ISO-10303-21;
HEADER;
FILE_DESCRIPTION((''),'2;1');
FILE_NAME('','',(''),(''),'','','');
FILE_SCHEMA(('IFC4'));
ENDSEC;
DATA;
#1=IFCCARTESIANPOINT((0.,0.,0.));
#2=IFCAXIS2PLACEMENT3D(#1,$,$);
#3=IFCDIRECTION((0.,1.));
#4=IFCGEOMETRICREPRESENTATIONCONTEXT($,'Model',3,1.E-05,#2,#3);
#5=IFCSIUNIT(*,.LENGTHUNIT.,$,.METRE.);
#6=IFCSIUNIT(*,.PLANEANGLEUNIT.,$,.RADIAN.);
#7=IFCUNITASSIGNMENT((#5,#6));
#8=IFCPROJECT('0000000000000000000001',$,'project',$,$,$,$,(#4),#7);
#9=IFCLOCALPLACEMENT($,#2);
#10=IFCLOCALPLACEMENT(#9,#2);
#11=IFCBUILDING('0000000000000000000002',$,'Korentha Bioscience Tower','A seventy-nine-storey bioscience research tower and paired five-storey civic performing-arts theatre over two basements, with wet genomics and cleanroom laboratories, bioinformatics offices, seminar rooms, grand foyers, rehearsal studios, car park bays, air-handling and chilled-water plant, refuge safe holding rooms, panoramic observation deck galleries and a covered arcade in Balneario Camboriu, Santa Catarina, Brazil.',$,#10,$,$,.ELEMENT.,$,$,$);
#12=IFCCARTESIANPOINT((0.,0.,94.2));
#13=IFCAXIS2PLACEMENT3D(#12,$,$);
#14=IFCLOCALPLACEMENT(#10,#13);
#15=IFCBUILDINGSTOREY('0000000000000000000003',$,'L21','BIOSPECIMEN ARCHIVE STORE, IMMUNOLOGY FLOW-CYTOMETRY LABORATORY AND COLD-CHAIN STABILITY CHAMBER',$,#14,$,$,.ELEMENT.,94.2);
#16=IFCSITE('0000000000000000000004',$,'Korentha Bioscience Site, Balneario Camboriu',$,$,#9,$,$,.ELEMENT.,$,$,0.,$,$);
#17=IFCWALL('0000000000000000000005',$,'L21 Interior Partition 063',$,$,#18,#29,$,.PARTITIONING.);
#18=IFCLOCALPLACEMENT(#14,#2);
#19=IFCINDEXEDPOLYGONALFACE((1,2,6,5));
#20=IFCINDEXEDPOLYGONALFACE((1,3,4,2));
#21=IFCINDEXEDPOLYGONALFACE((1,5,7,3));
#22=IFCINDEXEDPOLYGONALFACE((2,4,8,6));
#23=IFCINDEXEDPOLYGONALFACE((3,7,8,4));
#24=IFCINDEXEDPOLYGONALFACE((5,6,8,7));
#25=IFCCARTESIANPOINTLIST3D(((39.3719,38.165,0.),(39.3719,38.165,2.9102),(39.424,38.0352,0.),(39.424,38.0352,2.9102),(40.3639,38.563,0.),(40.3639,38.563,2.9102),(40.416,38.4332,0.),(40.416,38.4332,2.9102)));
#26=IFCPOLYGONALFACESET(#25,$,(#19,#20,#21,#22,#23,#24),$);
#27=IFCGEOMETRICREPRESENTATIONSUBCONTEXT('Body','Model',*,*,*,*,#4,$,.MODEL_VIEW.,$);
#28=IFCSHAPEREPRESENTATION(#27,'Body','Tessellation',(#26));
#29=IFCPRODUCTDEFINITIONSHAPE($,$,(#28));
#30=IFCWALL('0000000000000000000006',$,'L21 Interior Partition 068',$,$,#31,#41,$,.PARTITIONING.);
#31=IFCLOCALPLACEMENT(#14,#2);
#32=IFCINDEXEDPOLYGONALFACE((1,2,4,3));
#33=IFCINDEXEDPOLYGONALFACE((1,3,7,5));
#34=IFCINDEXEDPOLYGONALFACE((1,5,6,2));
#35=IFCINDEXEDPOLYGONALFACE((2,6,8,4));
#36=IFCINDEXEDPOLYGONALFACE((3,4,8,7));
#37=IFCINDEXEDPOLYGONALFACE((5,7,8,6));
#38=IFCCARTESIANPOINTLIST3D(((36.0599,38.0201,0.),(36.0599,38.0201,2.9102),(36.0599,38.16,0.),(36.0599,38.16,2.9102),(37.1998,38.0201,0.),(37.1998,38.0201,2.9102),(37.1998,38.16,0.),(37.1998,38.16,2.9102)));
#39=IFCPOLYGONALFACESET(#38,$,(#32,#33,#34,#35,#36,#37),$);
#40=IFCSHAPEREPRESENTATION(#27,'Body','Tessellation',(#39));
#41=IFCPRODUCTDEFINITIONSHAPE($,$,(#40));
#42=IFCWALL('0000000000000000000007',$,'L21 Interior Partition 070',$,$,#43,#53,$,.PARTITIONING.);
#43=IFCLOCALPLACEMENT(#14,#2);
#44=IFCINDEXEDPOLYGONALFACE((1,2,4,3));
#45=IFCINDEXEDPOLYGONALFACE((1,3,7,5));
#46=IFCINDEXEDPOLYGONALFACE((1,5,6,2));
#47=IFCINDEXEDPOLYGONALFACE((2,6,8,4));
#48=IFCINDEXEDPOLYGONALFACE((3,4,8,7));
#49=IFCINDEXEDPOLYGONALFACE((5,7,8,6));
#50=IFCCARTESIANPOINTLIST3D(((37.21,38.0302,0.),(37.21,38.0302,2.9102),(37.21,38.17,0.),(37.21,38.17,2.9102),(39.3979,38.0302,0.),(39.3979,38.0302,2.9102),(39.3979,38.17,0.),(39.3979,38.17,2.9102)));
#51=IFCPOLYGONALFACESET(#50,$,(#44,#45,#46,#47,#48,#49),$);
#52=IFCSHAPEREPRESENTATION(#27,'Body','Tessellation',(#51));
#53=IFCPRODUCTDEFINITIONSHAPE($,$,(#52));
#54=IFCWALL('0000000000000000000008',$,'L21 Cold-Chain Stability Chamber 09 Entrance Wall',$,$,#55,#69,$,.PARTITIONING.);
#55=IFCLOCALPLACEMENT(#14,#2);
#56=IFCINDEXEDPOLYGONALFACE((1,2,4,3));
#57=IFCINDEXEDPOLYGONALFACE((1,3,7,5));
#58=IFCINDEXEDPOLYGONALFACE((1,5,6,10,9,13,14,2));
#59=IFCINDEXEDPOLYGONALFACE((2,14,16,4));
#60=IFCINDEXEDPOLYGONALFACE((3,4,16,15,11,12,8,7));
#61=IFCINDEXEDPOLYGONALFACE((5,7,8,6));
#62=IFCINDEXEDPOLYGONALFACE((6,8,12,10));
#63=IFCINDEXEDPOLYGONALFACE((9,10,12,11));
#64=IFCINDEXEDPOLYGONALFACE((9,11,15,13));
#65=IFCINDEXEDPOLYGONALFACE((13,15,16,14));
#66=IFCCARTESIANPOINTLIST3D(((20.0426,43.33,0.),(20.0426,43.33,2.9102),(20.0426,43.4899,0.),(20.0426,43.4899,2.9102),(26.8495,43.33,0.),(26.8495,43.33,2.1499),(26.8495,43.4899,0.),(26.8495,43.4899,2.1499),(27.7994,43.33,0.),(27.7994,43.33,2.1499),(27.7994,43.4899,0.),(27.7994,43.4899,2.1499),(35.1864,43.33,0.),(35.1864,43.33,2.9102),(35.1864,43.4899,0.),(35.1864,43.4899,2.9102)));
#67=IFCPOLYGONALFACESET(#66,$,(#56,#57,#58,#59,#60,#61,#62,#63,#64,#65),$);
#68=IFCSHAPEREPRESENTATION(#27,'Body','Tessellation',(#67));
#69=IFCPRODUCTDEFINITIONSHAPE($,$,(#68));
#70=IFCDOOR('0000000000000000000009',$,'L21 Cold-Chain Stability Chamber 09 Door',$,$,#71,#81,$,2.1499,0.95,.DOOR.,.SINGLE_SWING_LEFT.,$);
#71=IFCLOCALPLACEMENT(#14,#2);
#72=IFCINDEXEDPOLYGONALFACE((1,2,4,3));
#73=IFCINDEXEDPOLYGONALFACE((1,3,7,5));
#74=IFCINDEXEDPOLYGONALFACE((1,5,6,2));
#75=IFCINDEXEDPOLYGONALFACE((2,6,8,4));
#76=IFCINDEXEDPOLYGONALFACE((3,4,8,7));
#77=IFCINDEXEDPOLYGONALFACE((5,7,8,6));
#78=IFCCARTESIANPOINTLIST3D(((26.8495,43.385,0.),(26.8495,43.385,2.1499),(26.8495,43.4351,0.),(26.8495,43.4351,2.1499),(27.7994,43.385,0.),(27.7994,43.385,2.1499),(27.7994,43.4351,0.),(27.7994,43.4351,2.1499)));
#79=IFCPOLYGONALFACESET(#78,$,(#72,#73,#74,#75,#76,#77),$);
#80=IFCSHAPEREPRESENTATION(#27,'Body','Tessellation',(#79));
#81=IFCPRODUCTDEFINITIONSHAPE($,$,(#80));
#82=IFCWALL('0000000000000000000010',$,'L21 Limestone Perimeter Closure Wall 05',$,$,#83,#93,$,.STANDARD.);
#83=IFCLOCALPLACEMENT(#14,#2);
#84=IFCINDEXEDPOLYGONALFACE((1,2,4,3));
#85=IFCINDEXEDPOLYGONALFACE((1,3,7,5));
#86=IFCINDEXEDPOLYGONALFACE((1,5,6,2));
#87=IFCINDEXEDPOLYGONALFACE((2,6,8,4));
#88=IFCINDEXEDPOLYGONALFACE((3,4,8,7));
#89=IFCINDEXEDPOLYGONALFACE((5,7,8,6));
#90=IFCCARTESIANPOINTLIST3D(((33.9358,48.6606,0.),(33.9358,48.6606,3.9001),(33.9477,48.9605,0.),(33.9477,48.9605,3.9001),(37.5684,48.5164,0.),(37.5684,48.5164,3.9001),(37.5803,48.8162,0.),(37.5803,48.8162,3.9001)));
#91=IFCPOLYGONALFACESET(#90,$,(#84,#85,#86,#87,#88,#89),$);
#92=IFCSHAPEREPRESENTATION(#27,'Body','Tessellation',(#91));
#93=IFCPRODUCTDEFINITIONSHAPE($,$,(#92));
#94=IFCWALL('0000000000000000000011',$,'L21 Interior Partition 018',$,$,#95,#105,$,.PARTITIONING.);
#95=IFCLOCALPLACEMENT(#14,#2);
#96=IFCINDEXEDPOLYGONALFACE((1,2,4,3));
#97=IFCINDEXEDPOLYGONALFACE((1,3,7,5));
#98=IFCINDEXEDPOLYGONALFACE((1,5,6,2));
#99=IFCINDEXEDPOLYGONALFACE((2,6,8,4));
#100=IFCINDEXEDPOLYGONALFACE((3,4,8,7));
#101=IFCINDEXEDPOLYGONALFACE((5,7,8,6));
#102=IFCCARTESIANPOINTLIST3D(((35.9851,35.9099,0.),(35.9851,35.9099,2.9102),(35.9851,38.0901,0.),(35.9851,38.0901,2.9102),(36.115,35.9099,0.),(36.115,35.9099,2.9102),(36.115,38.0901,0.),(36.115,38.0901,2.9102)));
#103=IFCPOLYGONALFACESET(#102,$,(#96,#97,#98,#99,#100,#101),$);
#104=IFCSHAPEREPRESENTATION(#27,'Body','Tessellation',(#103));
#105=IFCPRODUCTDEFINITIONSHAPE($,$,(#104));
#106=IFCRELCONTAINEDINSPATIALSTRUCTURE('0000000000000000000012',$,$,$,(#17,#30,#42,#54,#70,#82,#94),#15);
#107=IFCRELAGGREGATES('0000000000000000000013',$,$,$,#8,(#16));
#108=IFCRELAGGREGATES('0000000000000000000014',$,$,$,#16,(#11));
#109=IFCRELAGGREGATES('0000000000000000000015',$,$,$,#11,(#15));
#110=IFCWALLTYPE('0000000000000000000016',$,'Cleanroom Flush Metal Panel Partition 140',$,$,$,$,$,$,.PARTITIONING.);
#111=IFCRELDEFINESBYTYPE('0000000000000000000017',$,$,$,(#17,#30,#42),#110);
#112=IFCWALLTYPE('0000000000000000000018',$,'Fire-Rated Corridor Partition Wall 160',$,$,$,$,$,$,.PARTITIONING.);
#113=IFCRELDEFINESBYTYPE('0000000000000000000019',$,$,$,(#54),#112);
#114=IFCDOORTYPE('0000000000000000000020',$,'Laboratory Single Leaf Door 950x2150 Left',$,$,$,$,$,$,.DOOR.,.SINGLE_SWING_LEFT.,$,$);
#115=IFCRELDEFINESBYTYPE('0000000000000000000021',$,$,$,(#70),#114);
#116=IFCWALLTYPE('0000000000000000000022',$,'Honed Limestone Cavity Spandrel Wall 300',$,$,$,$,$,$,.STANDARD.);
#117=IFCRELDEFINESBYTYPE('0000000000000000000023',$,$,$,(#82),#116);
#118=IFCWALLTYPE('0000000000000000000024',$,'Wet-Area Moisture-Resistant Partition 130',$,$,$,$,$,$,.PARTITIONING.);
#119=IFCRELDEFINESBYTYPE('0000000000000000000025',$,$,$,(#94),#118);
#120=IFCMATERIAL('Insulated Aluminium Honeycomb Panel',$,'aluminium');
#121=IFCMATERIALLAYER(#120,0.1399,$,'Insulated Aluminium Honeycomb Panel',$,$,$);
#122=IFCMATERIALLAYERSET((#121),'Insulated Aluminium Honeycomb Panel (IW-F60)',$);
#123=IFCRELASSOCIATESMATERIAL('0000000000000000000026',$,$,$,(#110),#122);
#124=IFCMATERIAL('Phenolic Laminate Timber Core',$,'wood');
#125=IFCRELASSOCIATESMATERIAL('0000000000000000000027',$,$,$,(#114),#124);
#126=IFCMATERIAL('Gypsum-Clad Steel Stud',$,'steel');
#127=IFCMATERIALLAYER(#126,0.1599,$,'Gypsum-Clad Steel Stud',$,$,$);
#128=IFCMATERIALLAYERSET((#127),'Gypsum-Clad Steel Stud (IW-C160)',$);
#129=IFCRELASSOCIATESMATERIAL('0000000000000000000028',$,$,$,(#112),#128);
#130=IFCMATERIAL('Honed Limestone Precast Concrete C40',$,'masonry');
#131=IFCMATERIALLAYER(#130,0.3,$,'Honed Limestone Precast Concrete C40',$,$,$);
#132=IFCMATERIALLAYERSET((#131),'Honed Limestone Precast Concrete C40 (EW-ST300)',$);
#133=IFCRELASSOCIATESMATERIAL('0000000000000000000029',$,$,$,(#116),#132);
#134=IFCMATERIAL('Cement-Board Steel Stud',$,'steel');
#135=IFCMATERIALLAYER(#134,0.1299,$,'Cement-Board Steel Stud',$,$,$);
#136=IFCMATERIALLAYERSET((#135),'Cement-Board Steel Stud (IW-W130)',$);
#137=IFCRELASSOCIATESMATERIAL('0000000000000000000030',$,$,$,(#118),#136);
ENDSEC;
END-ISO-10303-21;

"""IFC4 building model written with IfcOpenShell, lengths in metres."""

from ifc_helpers import new_model, si_unit, direction, frame, frame_2d, origin, place, context, subcontext, project, spatial, rectangle, extrude, material, layer, layer_set, type_object, element, fill, save


model = new_model("IFC4")

# Units and contexts
model_context = context("Model", 3, precision=1e-05, world=origin(), true_north=direction((0.0, 1.0)))
body_context = subcontext(model_context, "Body", "Model", "MODEL_VIEW")
ifc_project = project(units=[si_unit("LENGTHUNIT", "METRE"), si_unit("PLANEANGLEUNIT", "RADIAN")], contexts=[model_context])

# Site, building, storey
site_placement = place(None, origin())
site = spatial("IfcSite", under=ifc_project, at=site_placement, Name="Korentha Bioscience Site, Balneario Camboriu", CompositionType="ELEMENT", RefElevation=0.0)
building_placement = place(site_placement, origin())
building = spatial("IfcBuilding", under=site, at=building_placement, Name="Korentha Bioscience Tower", Description="A seventy-nine-storey bioscience research tower and paired five-storey civic performing-arts theatre over two basements, with wet genomics and cleanroom laboratories, bioinformatics offices, seminar rooms, grand foyers, rehearsal studios, car park bays, air-handling and chilled-water plant, refuge safe holding rooms, panoramic observation deck galleries and a covered arcade in Balneario Camboriu, Santa Catarina, Brazil.", CompositionType="ELEMENT")
storey_placement = place(building_placement, frame((0.0, 0.0, 94.2)))
storey = spatial("IfcBuildingStorey", under=building, at=storey_placement, Name="L21", Description="BIOSPECIMEN ARCHIVE STORE, IMMUNOLOGY FLOW-CYTOMETRY LABORATORY AND COLD-CHAIN STABILITY CHAMBER", CompositionType="ELEMENT", Elevation=94.2)

# Shared definitions
ifc_material_1 = material(Name="Phenolic Laminate Timber Core", Category="wood")

# Shared definitions
ifc_material_2 = material(Name="Insulated Aluminium Honeycomb Panel", Category="aluminium")
ifc_layer_1 = layer(ifc_material_2, 0.1399, Name="Insulated Aluminium Honeycomb Panel")
ifc_layer_set_1 = layer_set([ifc_layer_1], Name="Insulated Aluminium Honeycomb Panel (IW-F60)")
wall_type_1 = type_object("IfcWallType", Name="Cleanroom Flush Metal Panel Partition 140", PredefinedType="PARTITIONING", material=ifc_layer_set_1)
door_type_1 = type_object("IfcDoorType", Name="Laboratory Single Leaf Door 950x2150 Left", OperationType="SINGLE_SWING_LEFT", PredefinedType="DOOR", material=ifc_material_1)

# Walls
wall_1_placement = place(storey_placement, frame((39.3979, 38.1001, 0.0), z_axis=(0.0, 0.0, 1.0), x_axis=(0.928098, 0.372336, 0.0)))
element("IfcWall", 1, at=wall_1_placement, inside=storey, type_object=wall_type_1, Name="L21 Interior Partition 063", PredefinedType="PARTITIONING", context=body_context, shape_type="SweptSolid", body=[
    extrude(rectangle(XDim=1.0688, YDim=0.1399, at=frame_2d((0.5344, 0.0))), origin(), (0.0, 0.0, 1.0), 2.9102),
])
wall_2_placement = place(storey_placement, frame((36.0601, 38.0901, 0.0), z_axis=(0.0, 0.0, 1.0), x_axis=(1.0, 0.0, 0.0)))
element("IfcWall", 2, at=wall_2_placement, inside=storey, type_object=wall_type_1, Name="L21 Interior Partition 068", PredefinedType="PARTITIONING", context=body_context, shape_type="SweptSolid", body=[
    extrude(rectangle(XDim=1.1399, YDim=0.1399, at=frame_2d((0.5698, 0.0))), origin(), (0.0, 0.0, 1.0), 2.9102),
])
wall_3_placement = place(storey_placement, frame((37.21, 38.1001, 0.0), z_axis=(0.0, 0.0, 1.0), x_axis=(1.0, 0.0, 0.0)))
element("IfcWall", 3, at=wall_3_placement, inside=storey, type_object=wall_type_1, Name="L21 Interior Partition 070", PredefinedType="PARTITIONING", context=body_context, shape_type="SweptSolid", body=[
    extrude(rectangle(XDim=2.188, YDim=0.1399, at=frame_2d((1.094, 0.0))), origin(), (0.0, 0.0, 1.0), 2.9102),
])

# Wall, opening, door
ifc_material_3 = material(Name="Gypsum-Clad Steel Stud", Category="steel")
ifc_layer_2 = layer(ifc_material_3, 0.1599, Name="Gypsum-Clad Steel Stud")
ifc_layer_set_2 = layer_set([ifc_layer_2], Name="Gypsum-Clad Steel Stud (IW-C160)")
wall_type_2 = type_object("IfcWallType", Name="Fire-Rated Corridor Partition Wall 160", PredefinedType="PARTITIONING", material=ifc_layer_set_2)
wall_4_placement = place(storey_placement, frame((35.1863, 43.4099, 0.0), z_axis=(0.0, 0.0, 1.0), x_axis=(-1.0, 0.0, 0.0)))
wall_4 = element("IfcWall", 4, at=wall_4_placement, inside=storey, type_object=wall_type_2, Name="L21 Cold-Chain Stability Chamber 09 Entrance Wall", PredefinedType="PARTITIONING", context=body_context, shape_type="SweptSolid", body=[
    extrude(rectangle(XDim=15.1438, YDim=0.1599, at=frame_2d((7.5718, 0.0))), origin(), (0.0, 0.0, 1.0), 2.9102),
])
opening_1_placement = place(wall_4_placement, frame((7.3867, 0.0, 0.0)))
opening_1 = element("IfcOpeningElement", 5, at=opening_1_placement, cuts=wall_4, PredefinedType="OPENING", context=body_context, shape_type="SweptSolid", body=[
    extrude(rectangle(XDim=0.95, YDim=2.1499, at=frame_2d((0.4751, 1.075))), frame((0.0, 0.0947, 0.0), z_axis=(0.0, -1.0, 0.0), x_axis=(1.0, 0.0, 0.0)), (0.0, 0.0, 1.0), 0.1897),
])
door_1_placement = place(opening_1_placement, origin())
door_1 = element("IfcDoor", 6, at=door_1_placement, inside=storey, type_object=door_type_1, Name="L21 Cold-Chain Stability Chamber 09 Door", OperationType="SINGLE_SWING_LEFT", OverallHeight=2.1499, OverallWidth=0.95, PredefinedType="DOOR", context=body_context, shape_type="SweptSolid", body=[
    extrude(rectangle(XDim=0.95, YDim=2.1499, at=frame_2d((0.4751, 1.075))), frame((0.0, 0.0249, 0.0), z_axis=(0.0, -1.0, 0.0), x_axis=(1.0, 0.0, 0.0)), (0.0, 0.0, 1.0), 0.05),
])
fill(opening_1, door_1)
ifc_material_4 = material(Name="Honed Limestone Precast Concrete C40", Category="masonry")
ifc_layer_3 = layer(ifc_material_4, 0.3, Name="Honed Limestone Precast Concrete C40")
ifc_layer_set_3 = layer_set([ifc_layer_3], Name="Honed Limestone Precast Concrete C40 (EW-ST300)")
wall_type_3 = type_object("IfcWallType", Name="Honed Limestone Cavity Spandrel Wall 300", PredefinedType="STANDARD", material=ifc_layer_set_3)

# Wall
wall_5_placement = place(storey_placement, frame((37.5745, 48.6663, 0.0), z_axis=(0.0, 0.0, 1.0), x_axis=(-0.999212, 0.039689, 0.0)))
element("IfcWall", 7, at=wall_5_placement, inside=storey, type_object=wall_type_3, Name="L21 Limestone Perimeter Closure Wall 05", PredefinedType="STANDARD", context=body_context, shape_type="SweptSolid", body=[
    extrude(rectangle(XDim=3.6355, YDim=0.3, at=frame_2d((1.8179, 0.0))), origin(), (0.0, 0.0, 1.0), 3.9001),
])

# Shared definitions
ifc_material_5 = material(Name="Cement-Board Steel Stud", Category="steel")
ifc_layer_4 = layer(ifc_material_5, 0.1299, Name="Cement-Board Steel Stud")
ifc_layer_set_4 = layer_set([ifc_layer_4], Name="Cement-Board Steel Stud (IW-W130)")
wall_type_4 = type_object("IfcWallType", Name="Wet-Area Moisture-Resistant Partition 130", PredefinedType="PARTITIONING", material=ifc_layer_set_4)

# Wall
wall_6_placement = place(storey_placement, frame((36.05, 38.0901, 0.0), z_axis=(0.0, 0.0, 1.0), x_axis=(0.0, -1.0, 0.0)))
element("IfcWall", 8, at=wall_6_placement, inside=storey, type_object=wall_type_4, Name="L21 Interior Partition 018", PredefinedType="PARTITIONING", context=body_context, shape_type="SweptSolid", body=[
    extrude(rectangle(XDim=2.1802, YDim=0.1299, at=frame_2d((1.0901, 0.0))), origin(), (0.0, 0.0, 1.0), 2.9102),
])

save(model, "model.ifc")
